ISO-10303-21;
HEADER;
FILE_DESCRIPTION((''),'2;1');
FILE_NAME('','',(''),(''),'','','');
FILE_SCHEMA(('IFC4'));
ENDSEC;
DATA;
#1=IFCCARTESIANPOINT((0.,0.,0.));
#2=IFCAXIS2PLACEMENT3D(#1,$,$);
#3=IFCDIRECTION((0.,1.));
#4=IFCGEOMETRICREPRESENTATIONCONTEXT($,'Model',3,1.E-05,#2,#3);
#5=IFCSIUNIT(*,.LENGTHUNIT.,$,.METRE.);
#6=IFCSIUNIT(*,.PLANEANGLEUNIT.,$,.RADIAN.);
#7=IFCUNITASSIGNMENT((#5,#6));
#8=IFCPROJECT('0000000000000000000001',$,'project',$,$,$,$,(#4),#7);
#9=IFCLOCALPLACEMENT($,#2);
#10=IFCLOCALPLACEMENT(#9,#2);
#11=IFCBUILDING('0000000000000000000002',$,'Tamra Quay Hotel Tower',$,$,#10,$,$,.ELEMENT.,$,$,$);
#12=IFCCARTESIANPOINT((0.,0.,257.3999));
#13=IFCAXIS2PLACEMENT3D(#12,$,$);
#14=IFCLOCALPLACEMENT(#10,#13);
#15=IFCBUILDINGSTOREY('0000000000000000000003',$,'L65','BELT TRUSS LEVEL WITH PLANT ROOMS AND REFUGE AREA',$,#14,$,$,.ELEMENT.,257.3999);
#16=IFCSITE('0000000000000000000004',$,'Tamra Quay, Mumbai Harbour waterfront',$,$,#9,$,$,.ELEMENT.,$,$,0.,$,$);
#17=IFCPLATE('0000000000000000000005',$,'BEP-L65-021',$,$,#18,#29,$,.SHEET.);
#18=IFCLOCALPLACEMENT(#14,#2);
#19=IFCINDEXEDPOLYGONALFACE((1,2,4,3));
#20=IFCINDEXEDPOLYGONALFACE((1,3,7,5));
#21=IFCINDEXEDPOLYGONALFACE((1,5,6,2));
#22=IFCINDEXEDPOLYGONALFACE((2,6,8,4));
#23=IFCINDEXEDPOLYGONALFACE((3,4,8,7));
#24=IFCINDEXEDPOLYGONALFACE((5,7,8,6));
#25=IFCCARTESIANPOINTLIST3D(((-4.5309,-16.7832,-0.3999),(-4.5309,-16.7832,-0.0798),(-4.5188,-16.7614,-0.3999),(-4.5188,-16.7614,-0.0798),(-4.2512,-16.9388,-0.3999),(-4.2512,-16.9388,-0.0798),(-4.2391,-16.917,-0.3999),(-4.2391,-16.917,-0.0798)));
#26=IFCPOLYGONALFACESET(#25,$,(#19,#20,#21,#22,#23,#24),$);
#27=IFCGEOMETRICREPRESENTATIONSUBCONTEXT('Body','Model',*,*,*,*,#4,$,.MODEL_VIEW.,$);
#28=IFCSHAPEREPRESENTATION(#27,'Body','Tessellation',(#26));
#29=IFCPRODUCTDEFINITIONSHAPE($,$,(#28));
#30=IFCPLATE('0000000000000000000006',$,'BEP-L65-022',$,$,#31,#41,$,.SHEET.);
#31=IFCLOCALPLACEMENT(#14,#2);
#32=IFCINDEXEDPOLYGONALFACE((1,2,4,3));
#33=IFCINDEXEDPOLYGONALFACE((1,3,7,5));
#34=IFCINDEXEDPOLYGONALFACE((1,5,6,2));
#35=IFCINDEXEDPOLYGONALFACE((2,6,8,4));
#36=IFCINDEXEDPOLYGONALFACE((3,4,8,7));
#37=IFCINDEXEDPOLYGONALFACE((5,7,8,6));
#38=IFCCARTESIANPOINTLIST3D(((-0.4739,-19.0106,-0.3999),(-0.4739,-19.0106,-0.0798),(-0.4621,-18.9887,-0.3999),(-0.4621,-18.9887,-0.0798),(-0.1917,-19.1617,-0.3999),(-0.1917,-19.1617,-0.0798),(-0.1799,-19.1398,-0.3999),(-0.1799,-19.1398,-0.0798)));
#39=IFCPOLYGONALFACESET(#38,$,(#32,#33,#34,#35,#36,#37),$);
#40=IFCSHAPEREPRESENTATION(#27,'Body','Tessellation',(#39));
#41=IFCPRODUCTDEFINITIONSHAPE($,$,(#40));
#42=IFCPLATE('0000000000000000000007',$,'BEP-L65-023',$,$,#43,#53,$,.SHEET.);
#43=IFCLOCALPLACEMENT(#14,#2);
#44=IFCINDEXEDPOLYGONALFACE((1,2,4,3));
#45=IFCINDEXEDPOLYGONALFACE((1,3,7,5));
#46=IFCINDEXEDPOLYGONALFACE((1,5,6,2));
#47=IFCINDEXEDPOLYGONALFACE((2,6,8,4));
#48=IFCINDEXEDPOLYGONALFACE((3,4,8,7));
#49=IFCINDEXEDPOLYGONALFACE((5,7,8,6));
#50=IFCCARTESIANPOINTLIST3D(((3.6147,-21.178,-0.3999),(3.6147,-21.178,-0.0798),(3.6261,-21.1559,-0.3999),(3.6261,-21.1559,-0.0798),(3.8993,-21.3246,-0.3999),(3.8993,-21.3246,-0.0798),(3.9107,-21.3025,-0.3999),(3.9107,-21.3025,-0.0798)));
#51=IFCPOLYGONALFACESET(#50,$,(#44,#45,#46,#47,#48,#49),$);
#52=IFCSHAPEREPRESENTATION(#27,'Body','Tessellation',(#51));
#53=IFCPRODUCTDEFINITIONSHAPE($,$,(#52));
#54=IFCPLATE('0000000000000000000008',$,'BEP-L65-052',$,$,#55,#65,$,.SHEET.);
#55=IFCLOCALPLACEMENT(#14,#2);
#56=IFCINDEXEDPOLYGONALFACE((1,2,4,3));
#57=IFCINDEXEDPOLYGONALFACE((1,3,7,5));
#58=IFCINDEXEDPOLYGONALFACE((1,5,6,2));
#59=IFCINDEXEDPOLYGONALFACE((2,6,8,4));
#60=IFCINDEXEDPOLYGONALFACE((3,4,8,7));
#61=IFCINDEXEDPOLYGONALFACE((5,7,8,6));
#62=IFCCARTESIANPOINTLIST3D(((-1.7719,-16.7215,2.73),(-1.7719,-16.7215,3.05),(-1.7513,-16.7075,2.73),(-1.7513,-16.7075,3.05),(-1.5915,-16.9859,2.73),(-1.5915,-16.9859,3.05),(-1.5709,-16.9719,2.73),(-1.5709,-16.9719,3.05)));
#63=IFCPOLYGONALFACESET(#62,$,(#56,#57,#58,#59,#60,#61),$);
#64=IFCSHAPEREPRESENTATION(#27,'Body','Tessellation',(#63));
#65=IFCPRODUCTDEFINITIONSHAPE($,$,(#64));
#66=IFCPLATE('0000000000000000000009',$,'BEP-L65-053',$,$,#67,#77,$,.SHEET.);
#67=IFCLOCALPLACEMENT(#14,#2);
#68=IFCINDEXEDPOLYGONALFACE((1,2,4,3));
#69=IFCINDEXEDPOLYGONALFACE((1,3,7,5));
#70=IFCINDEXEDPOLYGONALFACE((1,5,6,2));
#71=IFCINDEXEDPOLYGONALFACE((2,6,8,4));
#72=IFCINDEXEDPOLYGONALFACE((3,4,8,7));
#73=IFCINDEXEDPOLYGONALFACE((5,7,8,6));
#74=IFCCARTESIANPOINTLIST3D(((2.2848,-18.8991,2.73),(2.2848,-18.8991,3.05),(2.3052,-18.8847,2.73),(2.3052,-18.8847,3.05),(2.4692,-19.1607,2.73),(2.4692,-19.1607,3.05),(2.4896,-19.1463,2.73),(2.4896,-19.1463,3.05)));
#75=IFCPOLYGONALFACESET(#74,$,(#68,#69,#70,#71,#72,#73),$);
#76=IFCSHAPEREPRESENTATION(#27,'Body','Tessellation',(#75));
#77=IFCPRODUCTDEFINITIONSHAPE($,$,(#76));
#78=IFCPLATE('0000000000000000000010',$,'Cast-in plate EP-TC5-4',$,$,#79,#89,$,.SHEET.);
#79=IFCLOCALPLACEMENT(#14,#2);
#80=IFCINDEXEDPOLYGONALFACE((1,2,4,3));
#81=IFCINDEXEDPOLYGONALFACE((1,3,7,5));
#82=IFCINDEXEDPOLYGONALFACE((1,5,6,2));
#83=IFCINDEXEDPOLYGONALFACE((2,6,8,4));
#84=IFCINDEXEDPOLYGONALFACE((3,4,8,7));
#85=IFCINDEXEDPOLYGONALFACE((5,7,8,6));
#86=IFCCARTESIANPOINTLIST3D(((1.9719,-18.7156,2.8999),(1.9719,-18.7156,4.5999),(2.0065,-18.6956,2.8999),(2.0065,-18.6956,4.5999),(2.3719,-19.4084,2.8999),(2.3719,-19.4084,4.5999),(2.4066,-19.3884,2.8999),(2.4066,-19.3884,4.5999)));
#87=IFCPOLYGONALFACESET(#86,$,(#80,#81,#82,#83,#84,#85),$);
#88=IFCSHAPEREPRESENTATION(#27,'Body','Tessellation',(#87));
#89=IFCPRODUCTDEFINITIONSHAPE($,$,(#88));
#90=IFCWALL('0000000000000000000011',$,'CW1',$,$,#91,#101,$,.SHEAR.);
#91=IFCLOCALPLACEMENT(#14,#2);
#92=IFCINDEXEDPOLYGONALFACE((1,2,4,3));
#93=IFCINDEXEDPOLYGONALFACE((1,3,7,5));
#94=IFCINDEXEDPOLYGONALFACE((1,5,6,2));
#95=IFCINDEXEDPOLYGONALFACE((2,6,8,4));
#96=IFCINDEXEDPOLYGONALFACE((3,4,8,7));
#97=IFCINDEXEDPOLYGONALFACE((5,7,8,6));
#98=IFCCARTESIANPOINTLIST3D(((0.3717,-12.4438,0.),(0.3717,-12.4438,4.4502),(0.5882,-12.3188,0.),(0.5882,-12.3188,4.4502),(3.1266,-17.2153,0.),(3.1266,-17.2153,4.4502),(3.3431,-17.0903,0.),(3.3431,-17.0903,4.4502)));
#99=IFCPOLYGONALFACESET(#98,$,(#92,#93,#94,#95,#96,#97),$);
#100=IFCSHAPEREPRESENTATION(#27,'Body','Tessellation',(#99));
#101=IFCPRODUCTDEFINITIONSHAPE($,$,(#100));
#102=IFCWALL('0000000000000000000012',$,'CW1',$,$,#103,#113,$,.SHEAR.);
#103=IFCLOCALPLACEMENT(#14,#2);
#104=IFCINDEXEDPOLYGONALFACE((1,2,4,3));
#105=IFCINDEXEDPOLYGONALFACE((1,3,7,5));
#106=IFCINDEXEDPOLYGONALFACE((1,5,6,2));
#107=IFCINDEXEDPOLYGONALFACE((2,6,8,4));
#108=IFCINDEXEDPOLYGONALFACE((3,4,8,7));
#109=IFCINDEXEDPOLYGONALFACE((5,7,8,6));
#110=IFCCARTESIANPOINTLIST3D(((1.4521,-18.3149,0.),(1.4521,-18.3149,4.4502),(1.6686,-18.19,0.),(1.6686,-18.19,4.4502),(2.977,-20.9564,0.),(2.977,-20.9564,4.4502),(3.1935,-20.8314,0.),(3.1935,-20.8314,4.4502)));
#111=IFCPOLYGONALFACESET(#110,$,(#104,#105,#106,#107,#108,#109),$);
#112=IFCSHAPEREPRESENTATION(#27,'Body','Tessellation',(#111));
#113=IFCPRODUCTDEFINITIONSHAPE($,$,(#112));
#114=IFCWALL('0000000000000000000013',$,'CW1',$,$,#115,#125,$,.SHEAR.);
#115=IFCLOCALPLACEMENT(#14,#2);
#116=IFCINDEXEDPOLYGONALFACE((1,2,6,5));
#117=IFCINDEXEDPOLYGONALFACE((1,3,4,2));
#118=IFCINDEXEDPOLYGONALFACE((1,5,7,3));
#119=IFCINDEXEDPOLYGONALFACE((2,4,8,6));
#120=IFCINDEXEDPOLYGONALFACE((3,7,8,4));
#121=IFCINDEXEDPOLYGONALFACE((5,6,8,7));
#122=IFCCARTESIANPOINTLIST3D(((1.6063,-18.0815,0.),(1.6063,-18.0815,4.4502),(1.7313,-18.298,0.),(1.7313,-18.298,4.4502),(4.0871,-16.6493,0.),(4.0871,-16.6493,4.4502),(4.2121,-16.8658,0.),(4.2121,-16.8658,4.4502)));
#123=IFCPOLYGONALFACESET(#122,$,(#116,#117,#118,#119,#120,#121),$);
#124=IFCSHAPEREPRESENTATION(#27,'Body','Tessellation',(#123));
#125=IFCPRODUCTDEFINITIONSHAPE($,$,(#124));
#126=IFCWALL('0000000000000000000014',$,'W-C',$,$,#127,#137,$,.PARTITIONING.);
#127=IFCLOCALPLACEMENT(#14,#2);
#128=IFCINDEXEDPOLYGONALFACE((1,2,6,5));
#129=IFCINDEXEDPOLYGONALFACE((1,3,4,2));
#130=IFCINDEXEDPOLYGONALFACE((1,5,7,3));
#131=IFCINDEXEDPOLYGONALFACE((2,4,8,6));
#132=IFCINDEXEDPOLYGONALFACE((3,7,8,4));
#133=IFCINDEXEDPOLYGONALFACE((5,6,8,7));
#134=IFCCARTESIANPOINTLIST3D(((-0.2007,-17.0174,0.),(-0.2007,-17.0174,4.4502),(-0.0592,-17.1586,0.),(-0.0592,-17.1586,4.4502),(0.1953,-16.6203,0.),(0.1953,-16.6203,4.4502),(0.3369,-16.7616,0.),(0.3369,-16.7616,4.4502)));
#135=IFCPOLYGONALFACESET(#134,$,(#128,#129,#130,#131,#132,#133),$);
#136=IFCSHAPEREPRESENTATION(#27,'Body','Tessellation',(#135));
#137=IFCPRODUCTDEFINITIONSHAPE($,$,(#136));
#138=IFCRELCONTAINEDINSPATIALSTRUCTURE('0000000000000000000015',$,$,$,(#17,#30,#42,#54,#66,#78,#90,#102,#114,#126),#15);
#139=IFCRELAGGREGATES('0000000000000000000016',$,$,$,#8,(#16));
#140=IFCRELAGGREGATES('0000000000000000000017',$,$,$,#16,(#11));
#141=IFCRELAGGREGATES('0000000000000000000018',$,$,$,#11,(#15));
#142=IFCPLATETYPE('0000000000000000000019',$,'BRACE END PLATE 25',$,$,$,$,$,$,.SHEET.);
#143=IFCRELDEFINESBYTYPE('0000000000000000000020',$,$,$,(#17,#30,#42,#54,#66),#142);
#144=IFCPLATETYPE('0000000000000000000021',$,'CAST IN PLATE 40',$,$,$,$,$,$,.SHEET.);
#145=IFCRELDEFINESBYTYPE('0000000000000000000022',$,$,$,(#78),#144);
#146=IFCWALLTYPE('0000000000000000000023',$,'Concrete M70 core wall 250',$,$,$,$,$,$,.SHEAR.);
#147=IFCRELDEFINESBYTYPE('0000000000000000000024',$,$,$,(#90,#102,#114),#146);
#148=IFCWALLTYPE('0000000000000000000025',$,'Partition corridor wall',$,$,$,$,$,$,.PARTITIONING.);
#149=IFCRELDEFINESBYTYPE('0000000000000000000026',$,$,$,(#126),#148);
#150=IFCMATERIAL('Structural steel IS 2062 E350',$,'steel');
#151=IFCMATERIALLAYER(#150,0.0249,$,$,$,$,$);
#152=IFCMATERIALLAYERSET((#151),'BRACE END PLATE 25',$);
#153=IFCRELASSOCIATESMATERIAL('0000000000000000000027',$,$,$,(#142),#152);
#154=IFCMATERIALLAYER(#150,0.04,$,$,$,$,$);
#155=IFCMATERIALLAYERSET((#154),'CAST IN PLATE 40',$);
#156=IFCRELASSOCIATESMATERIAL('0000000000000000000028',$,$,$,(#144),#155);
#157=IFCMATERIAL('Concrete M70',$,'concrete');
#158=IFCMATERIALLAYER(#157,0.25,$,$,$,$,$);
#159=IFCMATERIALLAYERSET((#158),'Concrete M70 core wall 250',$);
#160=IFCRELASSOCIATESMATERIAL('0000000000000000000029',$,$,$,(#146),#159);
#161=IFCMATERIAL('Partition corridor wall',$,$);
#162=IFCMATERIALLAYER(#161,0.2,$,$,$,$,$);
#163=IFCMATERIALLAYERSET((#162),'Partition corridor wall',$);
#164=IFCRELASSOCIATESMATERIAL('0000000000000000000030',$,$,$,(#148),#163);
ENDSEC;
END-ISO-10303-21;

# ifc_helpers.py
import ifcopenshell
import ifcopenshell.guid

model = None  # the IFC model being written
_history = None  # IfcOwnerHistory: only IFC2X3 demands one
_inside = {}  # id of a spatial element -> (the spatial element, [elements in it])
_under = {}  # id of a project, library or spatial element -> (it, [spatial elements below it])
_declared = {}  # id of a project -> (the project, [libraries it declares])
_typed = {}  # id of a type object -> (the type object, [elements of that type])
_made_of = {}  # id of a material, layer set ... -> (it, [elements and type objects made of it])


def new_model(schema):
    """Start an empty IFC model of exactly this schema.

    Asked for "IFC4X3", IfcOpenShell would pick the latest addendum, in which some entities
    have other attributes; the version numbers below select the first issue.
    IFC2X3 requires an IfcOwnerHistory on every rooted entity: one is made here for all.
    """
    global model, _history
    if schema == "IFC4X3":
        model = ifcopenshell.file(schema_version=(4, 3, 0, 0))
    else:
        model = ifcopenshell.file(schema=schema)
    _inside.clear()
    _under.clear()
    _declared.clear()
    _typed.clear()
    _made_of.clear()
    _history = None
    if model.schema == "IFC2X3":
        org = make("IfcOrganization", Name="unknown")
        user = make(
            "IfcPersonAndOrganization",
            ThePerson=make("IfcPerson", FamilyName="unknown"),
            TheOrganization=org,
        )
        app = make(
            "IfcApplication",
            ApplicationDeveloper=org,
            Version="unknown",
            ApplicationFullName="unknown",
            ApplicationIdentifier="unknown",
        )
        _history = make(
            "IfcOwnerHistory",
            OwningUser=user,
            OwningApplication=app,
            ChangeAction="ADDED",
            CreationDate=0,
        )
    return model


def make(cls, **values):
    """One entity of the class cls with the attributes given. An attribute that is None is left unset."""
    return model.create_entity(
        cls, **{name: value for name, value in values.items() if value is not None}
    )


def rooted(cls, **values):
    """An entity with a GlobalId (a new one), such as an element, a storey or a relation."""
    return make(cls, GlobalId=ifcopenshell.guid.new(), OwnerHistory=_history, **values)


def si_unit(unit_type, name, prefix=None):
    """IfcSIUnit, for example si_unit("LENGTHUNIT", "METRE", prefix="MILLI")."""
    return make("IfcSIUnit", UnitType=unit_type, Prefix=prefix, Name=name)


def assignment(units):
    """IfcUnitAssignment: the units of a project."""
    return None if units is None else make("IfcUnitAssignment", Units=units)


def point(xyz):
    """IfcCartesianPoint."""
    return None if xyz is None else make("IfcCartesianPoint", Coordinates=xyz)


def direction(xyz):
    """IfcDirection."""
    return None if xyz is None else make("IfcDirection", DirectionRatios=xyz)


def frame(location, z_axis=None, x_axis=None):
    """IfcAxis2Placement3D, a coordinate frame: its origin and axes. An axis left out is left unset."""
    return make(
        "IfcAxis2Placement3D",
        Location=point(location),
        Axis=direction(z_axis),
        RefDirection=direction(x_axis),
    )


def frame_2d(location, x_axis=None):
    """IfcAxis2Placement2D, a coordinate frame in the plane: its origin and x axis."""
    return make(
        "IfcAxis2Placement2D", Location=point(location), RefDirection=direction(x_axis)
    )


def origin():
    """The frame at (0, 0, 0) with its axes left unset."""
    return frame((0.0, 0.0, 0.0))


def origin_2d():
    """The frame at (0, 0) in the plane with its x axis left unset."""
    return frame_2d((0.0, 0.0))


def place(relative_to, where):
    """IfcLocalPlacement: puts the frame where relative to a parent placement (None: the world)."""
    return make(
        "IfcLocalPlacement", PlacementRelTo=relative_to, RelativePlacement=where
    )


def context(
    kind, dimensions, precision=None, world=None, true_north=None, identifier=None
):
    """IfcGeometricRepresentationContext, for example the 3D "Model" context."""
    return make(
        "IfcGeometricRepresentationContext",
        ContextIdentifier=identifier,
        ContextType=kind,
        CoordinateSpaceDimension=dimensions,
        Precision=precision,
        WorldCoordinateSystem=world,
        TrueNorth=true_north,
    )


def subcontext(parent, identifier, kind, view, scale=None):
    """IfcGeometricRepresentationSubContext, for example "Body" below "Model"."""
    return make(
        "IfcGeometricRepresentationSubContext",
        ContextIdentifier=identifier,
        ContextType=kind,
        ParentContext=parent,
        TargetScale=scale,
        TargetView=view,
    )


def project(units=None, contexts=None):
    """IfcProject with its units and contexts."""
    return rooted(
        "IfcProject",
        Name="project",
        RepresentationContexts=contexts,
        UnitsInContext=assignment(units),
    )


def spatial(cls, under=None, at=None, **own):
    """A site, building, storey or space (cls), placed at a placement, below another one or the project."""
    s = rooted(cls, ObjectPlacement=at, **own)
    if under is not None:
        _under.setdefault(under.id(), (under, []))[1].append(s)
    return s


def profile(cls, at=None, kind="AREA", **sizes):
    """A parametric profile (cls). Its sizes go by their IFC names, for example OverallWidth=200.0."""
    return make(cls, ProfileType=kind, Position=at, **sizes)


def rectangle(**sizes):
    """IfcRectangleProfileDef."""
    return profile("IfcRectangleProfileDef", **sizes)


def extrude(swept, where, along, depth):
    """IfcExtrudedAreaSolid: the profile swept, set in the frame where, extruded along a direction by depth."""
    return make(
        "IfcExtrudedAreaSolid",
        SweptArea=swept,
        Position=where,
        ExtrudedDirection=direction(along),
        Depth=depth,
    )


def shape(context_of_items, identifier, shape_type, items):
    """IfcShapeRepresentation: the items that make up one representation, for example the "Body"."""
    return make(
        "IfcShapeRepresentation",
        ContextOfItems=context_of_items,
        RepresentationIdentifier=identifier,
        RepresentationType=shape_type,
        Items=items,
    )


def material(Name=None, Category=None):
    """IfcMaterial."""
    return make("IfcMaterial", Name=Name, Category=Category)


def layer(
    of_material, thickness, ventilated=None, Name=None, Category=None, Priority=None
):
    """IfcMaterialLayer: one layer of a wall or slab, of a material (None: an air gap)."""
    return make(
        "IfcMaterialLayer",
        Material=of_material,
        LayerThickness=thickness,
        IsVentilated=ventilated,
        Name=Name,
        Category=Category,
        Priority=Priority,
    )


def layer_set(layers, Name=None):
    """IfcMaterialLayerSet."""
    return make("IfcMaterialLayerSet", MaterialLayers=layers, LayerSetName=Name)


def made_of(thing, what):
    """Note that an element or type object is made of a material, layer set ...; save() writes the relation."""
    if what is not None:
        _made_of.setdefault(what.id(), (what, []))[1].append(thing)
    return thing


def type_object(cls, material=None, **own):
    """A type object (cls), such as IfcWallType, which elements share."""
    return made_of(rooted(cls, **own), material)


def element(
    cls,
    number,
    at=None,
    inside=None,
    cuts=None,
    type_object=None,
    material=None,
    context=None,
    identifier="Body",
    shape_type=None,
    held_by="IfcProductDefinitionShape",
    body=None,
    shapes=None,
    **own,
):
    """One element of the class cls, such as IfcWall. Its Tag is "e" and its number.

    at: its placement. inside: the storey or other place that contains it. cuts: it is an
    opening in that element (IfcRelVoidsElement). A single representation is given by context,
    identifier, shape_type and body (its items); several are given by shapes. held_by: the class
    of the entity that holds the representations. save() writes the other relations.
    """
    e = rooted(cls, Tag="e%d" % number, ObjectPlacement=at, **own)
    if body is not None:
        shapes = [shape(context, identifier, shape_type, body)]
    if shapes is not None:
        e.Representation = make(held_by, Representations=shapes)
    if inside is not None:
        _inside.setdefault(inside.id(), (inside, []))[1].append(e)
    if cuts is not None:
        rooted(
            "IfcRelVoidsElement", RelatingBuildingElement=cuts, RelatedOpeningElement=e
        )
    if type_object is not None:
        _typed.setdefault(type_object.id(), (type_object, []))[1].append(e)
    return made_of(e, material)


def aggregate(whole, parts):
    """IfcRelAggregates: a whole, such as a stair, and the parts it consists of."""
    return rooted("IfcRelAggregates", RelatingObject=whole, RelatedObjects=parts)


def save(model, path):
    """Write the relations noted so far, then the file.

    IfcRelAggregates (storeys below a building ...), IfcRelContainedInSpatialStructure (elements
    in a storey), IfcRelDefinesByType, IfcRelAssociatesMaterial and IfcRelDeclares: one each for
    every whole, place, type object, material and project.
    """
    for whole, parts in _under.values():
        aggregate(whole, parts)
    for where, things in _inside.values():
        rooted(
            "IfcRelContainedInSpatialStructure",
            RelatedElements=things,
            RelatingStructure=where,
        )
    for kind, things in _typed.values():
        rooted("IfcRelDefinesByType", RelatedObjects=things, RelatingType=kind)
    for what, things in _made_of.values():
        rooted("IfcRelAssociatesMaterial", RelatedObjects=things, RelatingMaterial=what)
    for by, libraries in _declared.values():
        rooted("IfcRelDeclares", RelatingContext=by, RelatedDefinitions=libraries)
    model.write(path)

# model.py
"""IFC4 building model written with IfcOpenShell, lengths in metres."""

from ifc_helpers import new_model, si_unit, direction, frame, frame_2d, origin, origin_2d, place, context, subcontext, project, spatial, rectangle, extrude, material, layer, layer_set, type_object, element, save


model = new_model("IFC4")

# Units and contexts
model_context = context("Model", 3, precision=1e-05, world=origin(), true_north=direction((0.0, 1.0)))
body_context = subcontext(model_context, "Body", "Model", "MODEL_VIEW")
ifc_project = project(units=[si_unit("LENGTHUNIT", "METRE"), si_unit("PLANEANGLEUNIT", "RADIAN")], contexts=[model_context])

# Site, building, storey
site_placement = place(None, origin())
site = spatial("IfcSite", under=ifc_project, at=site_placement, Name="Tamra Quay, Mumbai Harbour waterfront", CompositionType="ELEMENT", RefElevation=0.0)
building_placement = place(site_placement, origin())
building = spatial("IfcBuilding", under=site, at=building_placement, Name="Tamra Quay Hotel Tower", CompositionType="ELEMENT")
storey_placement = place(building_placement, frame((0.0, 0.0, 257.3999)))
storey = spatial("IfcBuildingStorey", under=building, at=storey_placement, Name="L65", Description="BELT TRUSS LEVEL WITH PLANT ROOMS AND REFUGE AREA", CompositionType="ELEMENT", Elevation=257.3999)

# Shared definitions
ifc_material_1 = material(Name="Structural steel IS 2062 E350", Category="steel")

# Plates
ifc_layer_1 = layer(ifc_material_1, 0.0249)
ifc_layer_set_1 = layer_set([ifc_layer_1], Name="BRACE END PLATE 25")
plate_type_1 = type_object("IfcPlateType", Name="BRACE END PLATE 25", PredefinedType="SHEET", material=ifc_layer_set_1)
for number, where, z_axis, x_axis, name in (
    (1, (-4.385, -16.8501, -0.3999), (0.0, 0.0, 1.0), (0.486114, 0.873895, 0.0), "BEP-L65-021"),
    (2, (-0.3269, -19.0752, -0.3999), (0.0, 0.0, 1.0), (0.472062, 0.881566, 0.0), "BEP-L65-022"),
    (3, (3.7627, -21.2402, -0.3999), (0.0, 0.0, 1.0), (0.457993, 0.888956, 0.0), "BEP-L65-023"),
    (4, (-1.6714, -16.8467, 2.73), (0.0, 0.0, 1.0), (0.826022, 0.563639, 0.0), "BEP-L65-052"),
    (5, (2.3872, -19.0227, 2.73), (0.0, 0.0, 1.0), (0.817395, 0.576077, 0.0), "BEP-L65-053"),
):
    element("IfcPlate", number, at=place(storey_placement, frame(where, z_axis=z_axis, x_axis=x_axis)), inside=storey, type_object=plate_type_1, Name=name, PredefinedType="SHEET", context=body_context, shape_type="SweptSolid", body=[
        extrude(rectangle(XDim=0.0249, YDim=0.3201, at=origin_2d()), origin(), (0.0, 0.0, 1.0), 0.3201),
    ])
ifc_layer_2 = layer(ifc_material_1, 0.04)
ifc_layer_set_2 = layer_set([ifc_layer_2], Name="CAST IN PLATE 40")
plate_type_2 = type_object("IfcPlateType", Name="CAST IN PLATE 40", PredefinedType="SHEET", material=ifc_layer_set_2)
plate_placement = place(storey_placement, frame((2.1892, -19.052, 2.8999), z_axis=(0.0, 0.0, 1.0), x_axis=(0.866025, 0.5, 0.0)))
element("IfcPlate", 6, at=plate_placement, inside=storey, type_object=plate_type_2, Name="Cast-in plate EP-TC5-4", PredefinedType="SHEET", context=body_context, shape_type="SweptSolid", body=[
    extrude(rectangle(XDim=0.04, YDim=0.8, at=origin_2d()), origin(), (0.0, 0.0, 1.0), 1.7),
])

# Walls
ifc_material_2 = material(Name="Concrete M70", Category="concrete")
ifc_layer_3 = layer(ifc_material_2, 0.25)
ifc_layer_set_3 = layer_set([ifc_layer_3], Name="Concrete M70 core wall 250")
wall_type_1 = type_object("IfcWallType", Name="Concrete M70 core wall 250", PredefinedType="SHEAR", material=ifc_layer_set_3)
wall_1_placement = place(storey_placement, frame((3.2349, -17.1528, 0.0), z_axis=(0.0, 0.0, 1.0), x_axis=(-0.500009, 0.86602, 0.0)))
element("IfcWall", 7, at=wall_1_placement, inside=storey, type_object=wall_type_1, Name="CW1", PredefinedType="SHEAR", context=body_context, shape_type="SweptSolid", body=[
    extrude(rectangle(XDim=5.5098, YDim=0.25, at=frame_2d((2.7549, 0.0))), origin(), (0.0, 0.0, 1.0), 4.4502),
])
wall_2_placement = place(storey_placement, frame((3.0852, -20.8938, 0.0), z_axis=(0.0, 0.0, 1.0), x_axis=(-0.499979, 0.866038, 0.0)))
element("IfcWall", 8, at=wall_2_placement, inside=storey, type_object=wall_type_1, Name="CW1", PredefinedType="SHEAR", context=body_context, shape_type="SweptSolid", body=[
    extrude(rectangle(XDim=3.05, YDim=0.25, at=frame_2d((1.5249, 0.0))), origin(), (0.0, 0.0, 1.0), 4.4502),
])
wall_3_placement = place(storey_placement, frame((1.6689, -18.1897, 0.0), z_axis=(0.0, 0.0, 1.0), x_axis=(0.866042, 0.499971, 0.0)))
element("IfcWall", 9, at=wall_3_placement, inside=storey, type_object=wall_type_1, Name="CW1", PredefinedType="SHEAR", context=body_context, shape_type="SweptSolid", body=[
    extrude(rectangle(XDim=2.8645, YDim=0.25, at=frame_2d((1.4321, 0.0))), origin(), (0.0, 0.0, 1.0), 4.4502),
])
ifc_material_3 = material(Name="Partition corridor wall")
ifc_layer_4 = layer(ifc_material_3, 0.2)
ifc_layer_set_4 = layer_set([ifc_layer_4], Name="Partition corridor wall")
wall_type_2 = type_object("IfcWallType", Name="Partition corridor wall", PredefinedType="PARTITIONING", material=ifc_layer_set_4)
wall_4_placement = place(storey_placement, frame((-0.1299, -17.0879, 0.0), z_axis=(0.0, 0.0, 1.0), x_axis=(0.706235, 0.707977, 0.0)))
element("IfcWall", 10, at=wall_4_placement, inside=storey, type_object=wall_type_2, Name="W-C", PredefinedType="PARTITIONING", context=body_context, shape_type="SweptSolid", body=[
    extrude(rectangle(XDim=0.5608, YDim=0.2, at=frame_2d((0.2803, 0.0))), origin(), (0.0, 0.0, 1.0), 4.4502),
])

save(model, "model.ifc")
